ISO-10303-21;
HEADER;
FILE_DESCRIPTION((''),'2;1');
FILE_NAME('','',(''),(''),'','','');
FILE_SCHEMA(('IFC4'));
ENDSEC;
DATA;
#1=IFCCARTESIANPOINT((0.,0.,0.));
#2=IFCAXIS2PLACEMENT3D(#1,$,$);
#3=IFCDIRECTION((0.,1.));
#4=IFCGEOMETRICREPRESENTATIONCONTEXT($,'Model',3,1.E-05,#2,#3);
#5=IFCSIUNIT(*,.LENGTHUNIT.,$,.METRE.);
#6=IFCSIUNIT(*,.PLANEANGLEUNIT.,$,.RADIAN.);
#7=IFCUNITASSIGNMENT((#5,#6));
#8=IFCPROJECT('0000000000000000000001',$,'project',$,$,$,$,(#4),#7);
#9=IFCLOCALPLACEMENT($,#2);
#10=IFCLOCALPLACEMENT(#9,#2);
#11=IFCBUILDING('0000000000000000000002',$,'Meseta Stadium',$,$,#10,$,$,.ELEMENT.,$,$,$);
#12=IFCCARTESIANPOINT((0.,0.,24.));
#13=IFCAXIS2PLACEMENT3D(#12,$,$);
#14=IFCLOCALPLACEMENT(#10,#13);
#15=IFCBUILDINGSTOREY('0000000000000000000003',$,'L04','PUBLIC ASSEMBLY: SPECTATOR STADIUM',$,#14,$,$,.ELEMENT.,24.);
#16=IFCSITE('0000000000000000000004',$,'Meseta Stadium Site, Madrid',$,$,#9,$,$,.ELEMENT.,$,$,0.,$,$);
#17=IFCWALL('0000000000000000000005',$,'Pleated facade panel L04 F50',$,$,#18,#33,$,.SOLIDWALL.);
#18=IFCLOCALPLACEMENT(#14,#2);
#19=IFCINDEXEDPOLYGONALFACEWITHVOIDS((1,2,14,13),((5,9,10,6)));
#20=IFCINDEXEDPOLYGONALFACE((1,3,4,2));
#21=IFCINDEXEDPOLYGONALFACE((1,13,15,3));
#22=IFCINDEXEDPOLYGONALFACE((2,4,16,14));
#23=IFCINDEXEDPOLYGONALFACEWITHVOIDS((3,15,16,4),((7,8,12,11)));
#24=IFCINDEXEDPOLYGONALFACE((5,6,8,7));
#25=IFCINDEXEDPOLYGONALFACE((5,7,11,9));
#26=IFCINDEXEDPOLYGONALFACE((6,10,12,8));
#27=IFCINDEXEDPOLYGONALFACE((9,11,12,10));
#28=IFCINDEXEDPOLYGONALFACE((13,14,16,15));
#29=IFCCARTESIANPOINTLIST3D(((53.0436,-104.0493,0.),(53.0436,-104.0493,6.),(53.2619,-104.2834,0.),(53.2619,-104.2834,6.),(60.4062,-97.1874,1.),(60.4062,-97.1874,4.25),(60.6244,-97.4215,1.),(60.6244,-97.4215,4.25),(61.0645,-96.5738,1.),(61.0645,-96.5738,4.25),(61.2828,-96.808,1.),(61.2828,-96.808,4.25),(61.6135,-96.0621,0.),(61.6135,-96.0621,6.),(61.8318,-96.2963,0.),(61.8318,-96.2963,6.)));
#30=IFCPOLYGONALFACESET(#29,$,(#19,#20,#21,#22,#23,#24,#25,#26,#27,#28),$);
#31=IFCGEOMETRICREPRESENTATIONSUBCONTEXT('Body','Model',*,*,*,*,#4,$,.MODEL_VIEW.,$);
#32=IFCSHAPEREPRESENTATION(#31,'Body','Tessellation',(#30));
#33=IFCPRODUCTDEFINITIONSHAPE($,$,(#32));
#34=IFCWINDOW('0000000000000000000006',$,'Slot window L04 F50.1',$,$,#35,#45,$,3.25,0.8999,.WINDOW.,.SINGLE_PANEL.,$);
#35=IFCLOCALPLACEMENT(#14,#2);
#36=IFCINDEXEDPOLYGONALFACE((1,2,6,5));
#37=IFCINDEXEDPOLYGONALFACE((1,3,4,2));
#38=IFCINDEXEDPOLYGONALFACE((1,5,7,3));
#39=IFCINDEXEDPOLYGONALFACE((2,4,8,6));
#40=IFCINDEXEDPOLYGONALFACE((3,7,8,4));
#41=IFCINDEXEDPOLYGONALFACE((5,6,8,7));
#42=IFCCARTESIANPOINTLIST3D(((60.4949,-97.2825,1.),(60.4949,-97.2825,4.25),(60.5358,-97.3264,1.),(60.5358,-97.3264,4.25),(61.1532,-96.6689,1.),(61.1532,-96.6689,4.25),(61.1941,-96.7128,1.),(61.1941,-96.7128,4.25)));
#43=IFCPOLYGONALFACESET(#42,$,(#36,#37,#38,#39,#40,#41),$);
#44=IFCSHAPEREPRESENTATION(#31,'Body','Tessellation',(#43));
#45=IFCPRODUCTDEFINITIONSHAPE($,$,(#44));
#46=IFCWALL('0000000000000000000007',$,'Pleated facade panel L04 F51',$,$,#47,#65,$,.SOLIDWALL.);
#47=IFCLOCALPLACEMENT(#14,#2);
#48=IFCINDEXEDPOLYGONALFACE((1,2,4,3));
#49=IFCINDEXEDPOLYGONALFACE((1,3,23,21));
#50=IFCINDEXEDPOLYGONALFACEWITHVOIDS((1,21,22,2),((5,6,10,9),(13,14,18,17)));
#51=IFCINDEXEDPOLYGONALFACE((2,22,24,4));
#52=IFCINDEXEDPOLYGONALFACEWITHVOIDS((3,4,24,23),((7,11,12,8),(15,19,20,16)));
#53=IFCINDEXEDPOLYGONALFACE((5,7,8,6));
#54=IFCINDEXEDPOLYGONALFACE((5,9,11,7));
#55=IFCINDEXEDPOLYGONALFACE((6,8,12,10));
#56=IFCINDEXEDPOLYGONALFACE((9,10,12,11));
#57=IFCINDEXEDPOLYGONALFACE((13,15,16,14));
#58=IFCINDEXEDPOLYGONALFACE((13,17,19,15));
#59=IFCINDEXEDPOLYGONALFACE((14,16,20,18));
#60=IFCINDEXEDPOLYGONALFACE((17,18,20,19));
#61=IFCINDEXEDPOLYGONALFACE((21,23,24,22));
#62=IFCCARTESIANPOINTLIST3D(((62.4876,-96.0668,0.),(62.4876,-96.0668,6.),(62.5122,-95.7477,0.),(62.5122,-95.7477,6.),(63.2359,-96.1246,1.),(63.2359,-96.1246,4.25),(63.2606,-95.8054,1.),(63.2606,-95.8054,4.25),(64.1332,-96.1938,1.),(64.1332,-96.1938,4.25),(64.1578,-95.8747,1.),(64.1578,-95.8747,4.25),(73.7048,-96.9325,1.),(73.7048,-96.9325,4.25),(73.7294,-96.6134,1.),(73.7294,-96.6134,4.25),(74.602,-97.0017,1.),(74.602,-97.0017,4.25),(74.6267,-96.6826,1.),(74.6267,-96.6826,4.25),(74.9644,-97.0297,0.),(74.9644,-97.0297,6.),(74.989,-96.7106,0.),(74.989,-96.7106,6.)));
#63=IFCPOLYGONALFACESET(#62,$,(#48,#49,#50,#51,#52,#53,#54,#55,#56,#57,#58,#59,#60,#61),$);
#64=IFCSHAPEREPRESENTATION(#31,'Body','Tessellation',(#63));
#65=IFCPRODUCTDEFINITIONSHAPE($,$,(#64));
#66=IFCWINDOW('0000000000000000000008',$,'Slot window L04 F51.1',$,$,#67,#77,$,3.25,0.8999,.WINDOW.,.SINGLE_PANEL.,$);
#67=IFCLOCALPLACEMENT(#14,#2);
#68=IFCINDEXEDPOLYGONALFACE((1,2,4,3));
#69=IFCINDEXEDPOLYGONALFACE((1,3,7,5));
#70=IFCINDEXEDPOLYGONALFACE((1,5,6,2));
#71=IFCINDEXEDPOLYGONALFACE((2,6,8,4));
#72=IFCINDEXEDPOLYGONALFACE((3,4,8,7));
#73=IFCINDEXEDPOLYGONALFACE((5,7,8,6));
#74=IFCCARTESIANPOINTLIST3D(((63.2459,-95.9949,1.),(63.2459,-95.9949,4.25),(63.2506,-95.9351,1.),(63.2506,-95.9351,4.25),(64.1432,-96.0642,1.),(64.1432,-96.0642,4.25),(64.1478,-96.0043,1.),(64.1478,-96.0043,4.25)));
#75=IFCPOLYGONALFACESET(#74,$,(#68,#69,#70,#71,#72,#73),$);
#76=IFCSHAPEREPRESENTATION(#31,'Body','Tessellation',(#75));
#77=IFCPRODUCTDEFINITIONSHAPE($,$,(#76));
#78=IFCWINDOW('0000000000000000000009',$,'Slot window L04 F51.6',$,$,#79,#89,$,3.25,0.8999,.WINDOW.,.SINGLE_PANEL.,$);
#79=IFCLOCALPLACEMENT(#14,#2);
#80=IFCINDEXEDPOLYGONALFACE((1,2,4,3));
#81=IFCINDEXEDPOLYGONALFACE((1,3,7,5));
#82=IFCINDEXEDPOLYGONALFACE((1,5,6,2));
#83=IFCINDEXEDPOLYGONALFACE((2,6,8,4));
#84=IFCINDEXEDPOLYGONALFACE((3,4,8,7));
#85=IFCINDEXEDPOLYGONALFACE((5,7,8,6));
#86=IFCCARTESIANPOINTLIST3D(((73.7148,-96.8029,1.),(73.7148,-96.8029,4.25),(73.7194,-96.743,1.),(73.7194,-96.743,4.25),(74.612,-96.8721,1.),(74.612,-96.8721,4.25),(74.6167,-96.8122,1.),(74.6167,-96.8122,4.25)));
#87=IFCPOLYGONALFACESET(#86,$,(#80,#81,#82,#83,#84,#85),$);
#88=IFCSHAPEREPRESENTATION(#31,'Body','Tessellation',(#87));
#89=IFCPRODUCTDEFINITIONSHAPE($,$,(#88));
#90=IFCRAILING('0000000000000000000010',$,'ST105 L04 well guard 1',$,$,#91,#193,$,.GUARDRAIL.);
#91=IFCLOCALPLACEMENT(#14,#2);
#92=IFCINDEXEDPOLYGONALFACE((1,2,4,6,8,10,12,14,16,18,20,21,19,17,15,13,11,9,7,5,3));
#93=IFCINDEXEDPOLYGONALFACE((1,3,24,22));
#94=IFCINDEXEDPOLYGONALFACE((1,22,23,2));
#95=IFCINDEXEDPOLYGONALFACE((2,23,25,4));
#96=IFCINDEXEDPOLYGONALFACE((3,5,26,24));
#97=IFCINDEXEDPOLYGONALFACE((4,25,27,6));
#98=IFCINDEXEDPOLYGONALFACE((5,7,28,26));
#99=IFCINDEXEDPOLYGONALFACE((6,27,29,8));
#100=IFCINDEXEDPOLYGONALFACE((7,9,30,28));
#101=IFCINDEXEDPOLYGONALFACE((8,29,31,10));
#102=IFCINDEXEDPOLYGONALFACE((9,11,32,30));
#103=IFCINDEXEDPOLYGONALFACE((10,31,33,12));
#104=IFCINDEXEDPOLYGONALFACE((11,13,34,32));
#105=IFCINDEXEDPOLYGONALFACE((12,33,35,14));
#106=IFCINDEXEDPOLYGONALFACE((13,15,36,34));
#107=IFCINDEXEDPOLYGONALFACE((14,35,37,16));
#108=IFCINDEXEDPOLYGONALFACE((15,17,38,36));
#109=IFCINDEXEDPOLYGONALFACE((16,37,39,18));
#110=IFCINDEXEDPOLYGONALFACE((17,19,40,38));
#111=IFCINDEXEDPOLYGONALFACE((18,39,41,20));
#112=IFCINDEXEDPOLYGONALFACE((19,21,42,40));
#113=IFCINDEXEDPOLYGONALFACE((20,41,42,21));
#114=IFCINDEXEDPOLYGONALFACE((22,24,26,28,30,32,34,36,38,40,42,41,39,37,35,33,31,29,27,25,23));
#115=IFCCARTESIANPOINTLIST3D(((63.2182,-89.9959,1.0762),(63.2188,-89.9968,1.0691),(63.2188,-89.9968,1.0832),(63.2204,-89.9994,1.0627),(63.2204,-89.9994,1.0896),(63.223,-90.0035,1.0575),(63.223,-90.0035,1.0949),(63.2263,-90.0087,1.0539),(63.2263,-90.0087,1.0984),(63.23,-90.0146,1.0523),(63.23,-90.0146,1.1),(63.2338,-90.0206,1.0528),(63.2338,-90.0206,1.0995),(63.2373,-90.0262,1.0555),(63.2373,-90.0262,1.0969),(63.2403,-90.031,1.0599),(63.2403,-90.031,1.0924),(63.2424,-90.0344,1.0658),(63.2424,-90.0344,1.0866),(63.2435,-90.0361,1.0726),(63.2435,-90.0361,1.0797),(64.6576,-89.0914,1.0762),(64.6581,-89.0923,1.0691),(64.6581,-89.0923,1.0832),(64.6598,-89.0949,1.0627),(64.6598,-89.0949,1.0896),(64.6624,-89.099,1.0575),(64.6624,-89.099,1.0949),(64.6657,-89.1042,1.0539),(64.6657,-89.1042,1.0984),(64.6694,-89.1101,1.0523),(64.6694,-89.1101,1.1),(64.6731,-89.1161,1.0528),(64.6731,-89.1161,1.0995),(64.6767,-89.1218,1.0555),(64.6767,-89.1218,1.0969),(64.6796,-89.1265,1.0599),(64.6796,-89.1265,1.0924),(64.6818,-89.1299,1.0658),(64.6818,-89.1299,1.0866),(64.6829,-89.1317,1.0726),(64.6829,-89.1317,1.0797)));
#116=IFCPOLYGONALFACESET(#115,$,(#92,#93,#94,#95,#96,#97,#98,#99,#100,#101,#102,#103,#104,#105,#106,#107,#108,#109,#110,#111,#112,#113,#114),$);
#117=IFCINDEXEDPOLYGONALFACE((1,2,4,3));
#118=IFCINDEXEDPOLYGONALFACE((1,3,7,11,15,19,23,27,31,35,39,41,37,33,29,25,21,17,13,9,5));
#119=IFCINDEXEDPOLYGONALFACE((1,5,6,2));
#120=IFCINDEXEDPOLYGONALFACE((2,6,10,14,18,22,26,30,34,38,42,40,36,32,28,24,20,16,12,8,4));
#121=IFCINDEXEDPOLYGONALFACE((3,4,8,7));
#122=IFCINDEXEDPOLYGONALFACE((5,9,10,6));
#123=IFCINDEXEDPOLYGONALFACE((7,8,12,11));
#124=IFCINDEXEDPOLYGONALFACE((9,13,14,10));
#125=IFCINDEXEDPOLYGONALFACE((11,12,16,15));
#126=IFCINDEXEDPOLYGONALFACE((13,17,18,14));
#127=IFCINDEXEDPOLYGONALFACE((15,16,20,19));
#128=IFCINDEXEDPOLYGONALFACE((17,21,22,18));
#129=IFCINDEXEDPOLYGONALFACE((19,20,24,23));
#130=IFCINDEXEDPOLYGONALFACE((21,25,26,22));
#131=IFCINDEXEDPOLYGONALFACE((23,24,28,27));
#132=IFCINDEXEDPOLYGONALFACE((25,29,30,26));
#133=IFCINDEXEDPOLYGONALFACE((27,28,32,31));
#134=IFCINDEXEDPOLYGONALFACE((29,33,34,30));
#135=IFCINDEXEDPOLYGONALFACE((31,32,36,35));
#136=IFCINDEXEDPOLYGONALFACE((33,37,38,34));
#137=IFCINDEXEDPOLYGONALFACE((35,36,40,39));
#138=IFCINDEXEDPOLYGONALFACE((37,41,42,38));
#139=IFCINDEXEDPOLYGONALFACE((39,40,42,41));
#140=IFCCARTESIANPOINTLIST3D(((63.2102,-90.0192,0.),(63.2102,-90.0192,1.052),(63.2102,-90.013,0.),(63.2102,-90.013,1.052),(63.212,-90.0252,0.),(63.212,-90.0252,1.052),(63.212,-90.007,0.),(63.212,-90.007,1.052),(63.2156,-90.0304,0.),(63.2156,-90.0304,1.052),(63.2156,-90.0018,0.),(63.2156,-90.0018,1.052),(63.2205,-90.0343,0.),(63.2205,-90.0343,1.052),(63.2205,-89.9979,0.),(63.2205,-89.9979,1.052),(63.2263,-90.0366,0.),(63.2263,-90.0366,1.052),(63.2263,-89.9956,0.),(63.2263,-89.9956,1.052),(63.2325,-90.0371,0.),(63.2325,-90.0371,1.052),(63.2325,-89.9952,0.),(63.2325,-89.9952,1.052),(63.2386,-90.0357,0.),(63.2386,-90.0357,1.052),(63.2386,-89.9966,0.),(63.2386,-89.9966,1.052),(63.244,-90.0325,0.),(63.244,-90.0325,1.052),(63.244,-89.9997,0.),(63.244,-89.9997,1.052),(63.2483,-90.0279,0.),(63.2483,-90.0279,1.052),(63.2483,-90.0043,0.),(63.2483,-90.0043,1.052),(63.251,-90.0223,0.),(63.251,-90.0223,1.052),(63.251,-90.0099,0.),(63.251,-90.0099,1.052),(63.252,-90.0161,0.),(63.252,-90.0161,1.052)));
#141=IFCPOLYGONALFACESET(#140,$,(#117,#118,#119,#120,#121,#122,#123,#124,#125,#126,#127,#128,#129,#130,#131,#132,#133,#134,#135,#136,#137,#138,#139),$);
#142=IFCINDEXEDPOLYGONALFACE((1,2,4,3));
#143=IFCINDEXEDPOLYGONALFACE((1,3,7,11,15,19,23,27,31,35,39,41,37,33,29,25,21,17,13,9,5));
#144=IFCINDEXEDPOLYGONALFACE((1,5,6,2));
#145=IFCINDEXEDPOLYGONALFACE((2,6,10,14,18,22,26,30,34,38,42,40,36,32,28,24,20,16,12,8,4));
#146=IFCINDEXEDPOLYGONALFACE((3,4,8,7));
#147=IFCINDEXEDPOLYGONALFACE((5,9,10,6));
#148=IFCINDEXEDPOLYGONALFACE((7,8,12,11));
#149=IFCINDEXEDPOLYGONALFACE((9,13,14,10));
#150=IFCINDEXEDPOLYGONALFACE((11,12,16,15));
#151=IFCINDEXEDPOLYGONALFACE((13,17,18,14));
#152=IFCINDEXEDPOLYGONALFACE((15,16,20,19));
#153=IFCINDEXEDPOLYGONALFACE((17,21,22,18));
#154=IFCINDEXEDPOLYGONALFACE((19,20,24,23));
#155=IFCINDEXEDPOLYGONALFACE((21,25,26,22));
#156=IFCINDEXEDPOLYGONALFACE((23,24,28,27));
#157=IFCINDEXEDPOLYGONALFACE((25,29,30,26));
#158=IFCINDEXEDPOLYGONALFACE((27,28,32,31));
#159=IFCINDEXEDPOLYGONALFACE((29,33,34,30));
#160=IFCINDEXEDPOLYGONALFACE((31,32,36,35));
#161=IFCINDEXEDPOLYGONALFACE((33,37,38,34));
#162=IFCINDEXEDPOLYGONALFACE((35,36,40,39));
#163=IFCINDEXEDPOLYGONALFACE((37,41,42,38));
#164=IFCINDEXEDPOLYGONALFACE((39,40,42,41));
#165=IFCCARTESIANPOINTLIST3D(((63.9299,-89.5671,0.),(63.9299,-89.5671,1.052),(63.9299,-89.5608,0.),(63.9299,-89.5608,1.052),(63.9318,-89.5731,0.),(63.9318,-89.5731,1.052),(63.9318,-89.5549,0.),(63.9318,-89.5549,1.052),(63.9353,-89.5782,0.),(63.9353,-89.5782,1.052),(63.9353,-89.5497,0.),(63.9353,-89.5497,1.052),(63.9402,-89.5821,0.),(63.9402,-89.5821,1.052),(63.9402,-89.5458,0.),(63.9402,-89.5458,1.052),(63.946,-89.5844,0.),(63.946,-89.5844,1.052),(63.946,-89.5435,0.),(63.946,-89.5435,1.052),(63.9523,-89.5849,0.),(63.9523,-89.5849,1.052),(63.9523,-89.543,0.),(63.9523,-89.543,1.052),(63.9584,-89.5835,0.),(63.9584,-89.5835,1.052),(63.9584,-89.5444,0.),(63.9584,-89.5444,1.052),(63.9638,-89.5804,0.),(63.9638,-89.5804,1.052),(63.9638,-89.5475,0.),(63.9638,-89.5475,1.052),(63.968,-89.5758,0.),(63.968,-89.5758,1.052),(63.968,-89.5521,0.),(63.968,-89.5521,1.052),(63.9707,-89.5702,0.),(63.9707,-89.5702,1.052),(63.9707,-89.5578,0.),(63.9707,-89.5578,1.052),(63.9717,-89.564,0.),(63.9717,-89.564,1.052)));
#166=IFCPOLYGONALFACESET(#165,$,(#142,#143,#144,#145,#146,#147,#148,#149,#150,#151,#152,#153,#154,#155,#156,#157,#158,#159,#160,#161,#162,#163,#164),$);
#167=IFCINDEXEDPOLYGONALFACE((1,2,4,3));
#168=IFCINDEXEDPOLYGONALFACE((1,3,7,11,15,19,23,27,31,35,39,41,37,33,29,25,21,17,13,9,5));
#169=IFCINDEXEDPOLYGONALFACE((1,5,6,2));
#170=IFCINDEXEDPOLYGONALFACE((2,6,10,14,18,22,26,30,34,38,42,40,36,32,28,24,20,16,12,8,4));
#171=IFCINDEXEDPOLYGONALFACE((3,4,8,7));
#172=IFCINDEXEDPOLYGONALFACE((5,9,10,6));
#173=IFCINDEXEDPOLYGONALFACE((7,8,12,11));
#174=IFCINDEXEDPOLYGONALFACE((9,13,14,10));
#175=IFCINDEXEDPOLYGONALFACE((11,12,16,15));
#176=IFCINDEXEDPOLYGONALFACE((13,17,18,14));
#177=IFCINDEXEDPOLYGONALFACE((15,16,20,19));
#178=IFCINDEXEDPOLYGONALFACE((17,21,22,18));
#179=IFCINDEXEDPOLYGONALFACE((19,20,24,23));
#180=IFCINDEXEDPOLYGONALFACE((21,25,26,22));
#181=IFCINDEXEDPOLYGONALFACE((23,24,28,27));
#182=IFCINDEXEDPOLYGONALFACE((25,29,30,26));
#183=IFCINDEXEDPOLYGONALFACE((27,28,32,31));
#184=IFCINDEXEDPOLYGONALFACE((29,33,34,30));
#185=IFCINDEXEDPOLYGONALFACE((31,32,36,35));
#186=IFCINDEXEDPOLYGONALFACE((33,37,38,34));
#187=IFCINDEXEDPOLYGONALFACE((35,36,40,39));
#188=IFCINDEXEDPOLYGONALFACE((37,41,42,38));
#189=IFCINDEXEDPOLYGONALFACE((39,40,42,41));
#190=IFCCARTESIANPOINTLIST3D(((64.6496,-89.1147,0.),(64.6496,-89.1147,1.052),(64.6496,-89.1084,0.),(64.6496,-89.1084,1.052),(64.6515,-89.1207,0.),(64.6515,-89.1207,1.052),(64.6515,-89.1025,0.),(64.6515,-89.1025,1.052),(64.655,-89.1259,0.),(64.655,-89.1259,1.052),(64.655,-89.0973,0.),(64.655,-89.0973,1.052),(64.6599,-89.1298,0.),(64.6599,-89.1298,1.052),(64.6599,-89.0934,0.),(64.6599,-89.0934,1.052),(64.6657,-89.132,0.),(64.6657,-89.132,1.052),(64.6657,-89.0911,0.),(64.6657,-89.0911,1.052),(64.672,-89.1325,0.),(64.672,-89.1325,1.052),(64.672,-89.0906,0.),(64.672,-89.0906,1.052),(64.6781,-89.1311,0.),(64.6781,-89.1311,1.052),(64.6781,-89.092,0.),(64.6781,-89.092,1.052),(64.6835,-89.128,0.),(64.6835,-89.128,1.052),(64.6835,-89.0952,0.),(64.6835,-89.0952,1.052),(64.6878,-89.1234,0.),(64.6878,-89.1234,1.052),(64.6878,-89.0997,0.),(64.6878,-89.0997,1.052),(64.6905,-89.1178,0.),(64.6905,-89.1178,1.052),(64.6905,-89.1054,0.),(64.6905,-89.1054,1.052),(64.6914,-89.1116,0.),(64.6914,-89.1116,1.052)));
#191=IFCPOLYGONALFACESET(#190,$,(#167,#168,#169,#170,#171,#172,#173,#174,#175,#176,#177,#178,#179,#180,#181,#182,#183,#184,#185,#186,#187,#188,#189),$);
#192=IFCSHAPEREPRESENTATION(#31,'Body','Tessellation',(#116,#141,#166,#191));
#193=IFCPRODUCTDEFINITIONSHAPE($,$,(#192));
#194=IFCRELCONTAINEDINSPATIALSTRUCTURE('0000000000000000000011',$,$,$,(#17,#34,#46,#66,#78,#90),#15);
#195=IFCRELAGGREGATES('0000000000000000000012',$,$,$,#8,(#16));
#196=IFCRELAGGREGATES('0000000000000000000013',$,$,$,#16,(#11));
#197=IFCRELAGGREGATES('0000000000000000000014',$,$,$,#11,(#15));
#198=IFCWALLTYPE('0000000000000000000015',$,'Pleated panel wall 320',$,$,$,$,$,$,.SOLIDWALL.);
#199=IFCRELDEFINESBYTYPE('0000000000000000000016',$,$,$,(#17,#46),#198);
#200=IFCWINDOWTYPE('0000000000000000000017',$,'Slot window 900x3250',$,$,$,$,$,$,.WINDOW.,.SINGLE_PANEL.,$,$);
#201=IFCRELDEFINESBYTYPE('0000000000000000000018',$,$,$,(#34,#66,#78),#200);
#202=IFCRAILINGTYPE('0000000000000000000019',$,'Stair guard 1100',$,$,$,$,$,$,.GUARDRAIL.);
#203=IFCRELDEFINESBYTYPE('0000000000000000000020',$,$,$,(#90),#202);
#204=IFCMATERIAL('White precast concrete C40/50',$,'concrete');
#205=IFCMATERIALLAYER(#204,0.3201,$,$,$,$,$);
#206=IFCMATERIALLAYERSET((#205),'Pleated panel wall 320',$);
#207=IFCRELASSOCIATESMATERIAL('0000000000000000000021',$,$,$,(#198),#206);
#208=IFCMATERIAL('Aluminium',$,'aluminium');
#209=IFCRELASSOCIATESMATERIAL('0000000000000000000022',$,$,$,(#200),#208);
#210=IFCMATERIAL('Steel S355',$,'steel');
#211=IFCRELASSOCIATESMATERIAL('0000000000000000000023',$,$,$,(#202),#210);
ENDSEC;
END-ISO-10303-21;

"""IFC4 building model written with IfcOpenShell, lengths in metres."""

from ifc_helpers import new_model, si_unit, direction, frame, frame_2d, origin, origin_2d, place, context, subcontext, project, spatial, rectangle, circle, extrude, material, layer, layer_set, type_object, element, fill, save


model = new_model("IFC4")

# Units and contexts
model_context = context("Model", 3, precision=1e-05, world=origin(), true_north=direction((0.0, 1.0)))
body_context = subcontext(model_context, "Body", "Model", "MODEL_VIEW")
ifc_project = project(units=[si_unit("LENGTHUNIT", "METRE"), si_unit("PLANEANGLEUNIT", "RADIAN")], contexts=[model_context])

# Site, building, storey
site_placement = place(None, origin())
site = spatial("IfcSite", under=ifc_project, at=site_placement, Name="Meseta Stadium Site, Madrid", CompositionType="ELEMENT", RefElevation=0.0)
building_placement = place(site_placement, origin())
building = spatial("IfcBuilding", under=site, at=building_placement, Name="Meseta Stadium", CompositionType="ELEMENT")
storey_placement = place(building_placement, frame((0.0, 0.0, 24.0)))
storey = spatial("IfcBuildingStorey", under=building, at=storey_placement, Name="L04", Description="PUBLIC ASSEMBLY: SPECTATOR STADIUM", CompositionType="ELEMENT", Elevation=24.0)

# Wall, opening, window
ifc_material_1 = material(Name="White precast concrete C40/50", Category="concrete")
ifc_layer_1 = layer(ifc_material_1, 0.3201)
ifc_layer_set_1 = layer_set([ifc_layer_1], Name="Pleated panel wall 320")
wall_type_1 = type_object("IfcWallType", Name="Pleated panel wall 320", PredefinedType="SOLIDWALL", material=ifc_layer_set_1)
wall_1_placement = place(storey_placement, frame((61.7227, -96.1792, 0.0), z_axis=(0.0, 0.0, 1.0), x_axis=(-0.731542, -0.681796, 0.0)))
wall_1 = element("IfcWall", 1, at=wall_1_placement, inside=storey, type_object=wall_type_1, Name="Pleated facade panel L04 F50", PredefinedType="SOLIDWALL", context=body_context, shape_type="SweptSolid", body=[
    extrude(rectangle(XDim=11.7148, YDim=0.3201, at=frame_2d((5.8574, 0.0))), origin(), (0.0, 0.0, 1.0), 6.0),
])
opening_1_placement = place(wall_1_placement, frame((0.7505, 0.0, 1.0)))
opening_1 = element("IfcOpeningElement", 2, at=opening_1_placement, cuts=wall_1, PredefinedType="OPENING", context=body_context, shape_type="SweptSolid", body=[
    extrude(rectangle(XDim=0.8999, YDim=3.25, at=frame_2d((0.45, 1.625))), frame((0.0, 0.1699, 0.0), z_axis=(0.0, -1.0, 0.0), x_axis=(1.0, 0.0, 0.0)), (0.0, 0.0, 1.0), 0.3401),
])
ifc_material_2 = material(Name="Aluminium", Category="aluminium")
window_type_1 = type_object("IfcWindowType", Name="Slot window 900x3250", PartitioningType="SINGLE_PANEL", PredefinedType="WINDOW", material=ifc_material_2)
window_1_placement = place(opening_1_placement, origin())
window_1 = element("IfcWindow", 3, at=window_1_placement, inside=storey, type_object=window_type_1, Name="Slot window L04 F50.1", OverallHeight=3.25, OverallWidth=0.8999, PartitioningType="SINGLE_PANEL", PredefinedType="WINDOW", context=body_context, shape_type="SweptSolid", body=[
    extrude(rectangle(XDim=0.8999, YDim=3.25, at=frame_2d((0.45, 1.625))), frame((0.0, 0.03, 0.0), z_axis=(0.0, -1.0, 0.0), x_axis=(1.0, 0.0, 0.0)), (0.0, 0.0, 1.0), 0.0601),
])
fill(opening_1, window_1)

# Wall, openings, windows
wall_2_placement = place(storey_placement, frame((74.9766, -96.8701, 0.0), z_axis=(0.0, 0.0, 1.0), x_axis=(-0.997035, 0.076946, 0.0)))
wall_2 = element("IfcWall", 4, at=wall_2_placement, inside=storey, type_object=wall_type_1, Name="Pleated facade panel L04 F51", PredefinedType="SOLIDWALL", context=body_context, shape_type="SweptSolid", body=[
    extrude(rectangle(XDim=12.5139, YDim=0.3201, at=frame_2d((6.2568, 0.0))), origin(), (0.0, 0.0, 1.0), 6.0),
])
opening_2_placement = place(wall_2_placement, frame((10.8633, 0.0, 1.0)))
opening_2 = element("IfcOpeningElement", 5, at=opening_2_placement, cuts=wall_2, PredefinedType="OPENING", context=body_context, shape_type="SweptSolid", body=[
    extrude(rectangle(XDim=0.8999, YDim=3.25, at=frame_2d((0.45, 1.625))), frame((0.0, 0.1699, 0.0), z_axis=(0.0, -1.0, 0.0), x_axis=(1.0, 0.0, 0.0)), (0.0, 0.0, 1.0), 0.3401),
])
opening_3_placement = place(wall_2_placement, frame((0.3633, 0.0, 1.0)))
opening_3 = element("IfcOpeningElement", 6, at=opening_3_placement, cuts=wall_2, PredefinedType="OPENING", context=body_context, shape_type="SweptSolid", body=[
    extrude(rectangle(XDim=0.8999, YDim=3.25, at=frame_2d((0.45, 1.625))), frame((0.0, 0.1699, 0.0), z_axis=(0.0, -1.0, 0.0), x_axis=(1.0, 0.0, 0.0)), (0.0, 0.0, 1.0), 0.3401),
])
window_2_placement = place(opening_2_placement, origin())
window_2 = element("IfcWindow", 7, at=window_2_placement, inside=storey, type_object=window_type_1, Name="Slot window L04 F51.1", OverallHeight=3.25, OverallWidth=0.8999, PartitioningType="SINGLE_PANEL", PredefinedType="WINDOW", context=body_context, shape_type="SweptSolid", body=[
    extrude(rectangle(XDim=0.8999, YDim=3.25, at=frame_2d((0.45, 1.625))), frame((0.0, 0.03, 0.0), z_axis=(0.0, -1.0, 0.0), x_axis=(1.0, 0.0, 0.0)), (0.0, 0.0, 1.0), 0.0601),
])
fill(opening_2, window_2)
window_3_placement = place(opening_3_placement, origin())
window_3 = element("IfcWindow", 8, at=window_3_placement, inside=storey, type_object=window_type_1, Name="Slot window L04 F51.6", OverallHeight=3.25, OverallWidth=0.8999, PartitioningType="SINGLE_PANEL", PredefinedType="WINDOW", context=body_context, shape_type="SweptSolid", body=[
    extrude(rectangle(XDim=0.8999, YDim=3.25, at=frame_2d((0.45, 1.625))), frame((0.0, 0.03, 0.0), z_axis=(0.0, -1.0, 0.0), x_axis=(1.0, 0.0, 0.0)), (0.0, 0.0, 1.0), 0.0601),
])
fill(opening_3, window_3)

# Railing
ifc_material_3 = material(Name="Steel S355", Category="steel")
railing_type = type_object("IfcRailingType", Name="Stair guard 1100", PredefinedType="GUARDRAIL", material=ifc_material_3)
railing_placement = place(storey_placement, frame((63.231, -90.0161, 0.0)))
element("IfcRailing", 9, at=railing_placement, inside=storey, type_object=railing_type, Name="ST105 L04 well guard 1", PredefinedType="GUARDRAIL", context=body_context, shape_type="SweptSolid", body=[
    extrude(circle(Radius=0.0239, at=origin_2d()), frame((0.0, 0.0, 1.0762), z_axis=(0.846705, 0.532063, 0.0), x_axis=(-0.532063, 0.846705, 0.0)), (0.0, 0.0, 1.0), 1.7),
    extrude(circle(Radius=0.021, at=origin_2d()), origin(), (0.0, 0.0, 1.0), 1.052),
    extrude(circle(Radius=0.021, at=origin_2d()), frame((0.7197, 0.4521, 0.0)), (0.0, 0.0, 1.0), 1.052),
    extrude(circle(Radius=0.021, at=origin_2d()), frame((1.4395, 0.9045, 0.0)), (0.0, 0.0, 1.0), 1.052),
])

save(model, "model.ifc")
